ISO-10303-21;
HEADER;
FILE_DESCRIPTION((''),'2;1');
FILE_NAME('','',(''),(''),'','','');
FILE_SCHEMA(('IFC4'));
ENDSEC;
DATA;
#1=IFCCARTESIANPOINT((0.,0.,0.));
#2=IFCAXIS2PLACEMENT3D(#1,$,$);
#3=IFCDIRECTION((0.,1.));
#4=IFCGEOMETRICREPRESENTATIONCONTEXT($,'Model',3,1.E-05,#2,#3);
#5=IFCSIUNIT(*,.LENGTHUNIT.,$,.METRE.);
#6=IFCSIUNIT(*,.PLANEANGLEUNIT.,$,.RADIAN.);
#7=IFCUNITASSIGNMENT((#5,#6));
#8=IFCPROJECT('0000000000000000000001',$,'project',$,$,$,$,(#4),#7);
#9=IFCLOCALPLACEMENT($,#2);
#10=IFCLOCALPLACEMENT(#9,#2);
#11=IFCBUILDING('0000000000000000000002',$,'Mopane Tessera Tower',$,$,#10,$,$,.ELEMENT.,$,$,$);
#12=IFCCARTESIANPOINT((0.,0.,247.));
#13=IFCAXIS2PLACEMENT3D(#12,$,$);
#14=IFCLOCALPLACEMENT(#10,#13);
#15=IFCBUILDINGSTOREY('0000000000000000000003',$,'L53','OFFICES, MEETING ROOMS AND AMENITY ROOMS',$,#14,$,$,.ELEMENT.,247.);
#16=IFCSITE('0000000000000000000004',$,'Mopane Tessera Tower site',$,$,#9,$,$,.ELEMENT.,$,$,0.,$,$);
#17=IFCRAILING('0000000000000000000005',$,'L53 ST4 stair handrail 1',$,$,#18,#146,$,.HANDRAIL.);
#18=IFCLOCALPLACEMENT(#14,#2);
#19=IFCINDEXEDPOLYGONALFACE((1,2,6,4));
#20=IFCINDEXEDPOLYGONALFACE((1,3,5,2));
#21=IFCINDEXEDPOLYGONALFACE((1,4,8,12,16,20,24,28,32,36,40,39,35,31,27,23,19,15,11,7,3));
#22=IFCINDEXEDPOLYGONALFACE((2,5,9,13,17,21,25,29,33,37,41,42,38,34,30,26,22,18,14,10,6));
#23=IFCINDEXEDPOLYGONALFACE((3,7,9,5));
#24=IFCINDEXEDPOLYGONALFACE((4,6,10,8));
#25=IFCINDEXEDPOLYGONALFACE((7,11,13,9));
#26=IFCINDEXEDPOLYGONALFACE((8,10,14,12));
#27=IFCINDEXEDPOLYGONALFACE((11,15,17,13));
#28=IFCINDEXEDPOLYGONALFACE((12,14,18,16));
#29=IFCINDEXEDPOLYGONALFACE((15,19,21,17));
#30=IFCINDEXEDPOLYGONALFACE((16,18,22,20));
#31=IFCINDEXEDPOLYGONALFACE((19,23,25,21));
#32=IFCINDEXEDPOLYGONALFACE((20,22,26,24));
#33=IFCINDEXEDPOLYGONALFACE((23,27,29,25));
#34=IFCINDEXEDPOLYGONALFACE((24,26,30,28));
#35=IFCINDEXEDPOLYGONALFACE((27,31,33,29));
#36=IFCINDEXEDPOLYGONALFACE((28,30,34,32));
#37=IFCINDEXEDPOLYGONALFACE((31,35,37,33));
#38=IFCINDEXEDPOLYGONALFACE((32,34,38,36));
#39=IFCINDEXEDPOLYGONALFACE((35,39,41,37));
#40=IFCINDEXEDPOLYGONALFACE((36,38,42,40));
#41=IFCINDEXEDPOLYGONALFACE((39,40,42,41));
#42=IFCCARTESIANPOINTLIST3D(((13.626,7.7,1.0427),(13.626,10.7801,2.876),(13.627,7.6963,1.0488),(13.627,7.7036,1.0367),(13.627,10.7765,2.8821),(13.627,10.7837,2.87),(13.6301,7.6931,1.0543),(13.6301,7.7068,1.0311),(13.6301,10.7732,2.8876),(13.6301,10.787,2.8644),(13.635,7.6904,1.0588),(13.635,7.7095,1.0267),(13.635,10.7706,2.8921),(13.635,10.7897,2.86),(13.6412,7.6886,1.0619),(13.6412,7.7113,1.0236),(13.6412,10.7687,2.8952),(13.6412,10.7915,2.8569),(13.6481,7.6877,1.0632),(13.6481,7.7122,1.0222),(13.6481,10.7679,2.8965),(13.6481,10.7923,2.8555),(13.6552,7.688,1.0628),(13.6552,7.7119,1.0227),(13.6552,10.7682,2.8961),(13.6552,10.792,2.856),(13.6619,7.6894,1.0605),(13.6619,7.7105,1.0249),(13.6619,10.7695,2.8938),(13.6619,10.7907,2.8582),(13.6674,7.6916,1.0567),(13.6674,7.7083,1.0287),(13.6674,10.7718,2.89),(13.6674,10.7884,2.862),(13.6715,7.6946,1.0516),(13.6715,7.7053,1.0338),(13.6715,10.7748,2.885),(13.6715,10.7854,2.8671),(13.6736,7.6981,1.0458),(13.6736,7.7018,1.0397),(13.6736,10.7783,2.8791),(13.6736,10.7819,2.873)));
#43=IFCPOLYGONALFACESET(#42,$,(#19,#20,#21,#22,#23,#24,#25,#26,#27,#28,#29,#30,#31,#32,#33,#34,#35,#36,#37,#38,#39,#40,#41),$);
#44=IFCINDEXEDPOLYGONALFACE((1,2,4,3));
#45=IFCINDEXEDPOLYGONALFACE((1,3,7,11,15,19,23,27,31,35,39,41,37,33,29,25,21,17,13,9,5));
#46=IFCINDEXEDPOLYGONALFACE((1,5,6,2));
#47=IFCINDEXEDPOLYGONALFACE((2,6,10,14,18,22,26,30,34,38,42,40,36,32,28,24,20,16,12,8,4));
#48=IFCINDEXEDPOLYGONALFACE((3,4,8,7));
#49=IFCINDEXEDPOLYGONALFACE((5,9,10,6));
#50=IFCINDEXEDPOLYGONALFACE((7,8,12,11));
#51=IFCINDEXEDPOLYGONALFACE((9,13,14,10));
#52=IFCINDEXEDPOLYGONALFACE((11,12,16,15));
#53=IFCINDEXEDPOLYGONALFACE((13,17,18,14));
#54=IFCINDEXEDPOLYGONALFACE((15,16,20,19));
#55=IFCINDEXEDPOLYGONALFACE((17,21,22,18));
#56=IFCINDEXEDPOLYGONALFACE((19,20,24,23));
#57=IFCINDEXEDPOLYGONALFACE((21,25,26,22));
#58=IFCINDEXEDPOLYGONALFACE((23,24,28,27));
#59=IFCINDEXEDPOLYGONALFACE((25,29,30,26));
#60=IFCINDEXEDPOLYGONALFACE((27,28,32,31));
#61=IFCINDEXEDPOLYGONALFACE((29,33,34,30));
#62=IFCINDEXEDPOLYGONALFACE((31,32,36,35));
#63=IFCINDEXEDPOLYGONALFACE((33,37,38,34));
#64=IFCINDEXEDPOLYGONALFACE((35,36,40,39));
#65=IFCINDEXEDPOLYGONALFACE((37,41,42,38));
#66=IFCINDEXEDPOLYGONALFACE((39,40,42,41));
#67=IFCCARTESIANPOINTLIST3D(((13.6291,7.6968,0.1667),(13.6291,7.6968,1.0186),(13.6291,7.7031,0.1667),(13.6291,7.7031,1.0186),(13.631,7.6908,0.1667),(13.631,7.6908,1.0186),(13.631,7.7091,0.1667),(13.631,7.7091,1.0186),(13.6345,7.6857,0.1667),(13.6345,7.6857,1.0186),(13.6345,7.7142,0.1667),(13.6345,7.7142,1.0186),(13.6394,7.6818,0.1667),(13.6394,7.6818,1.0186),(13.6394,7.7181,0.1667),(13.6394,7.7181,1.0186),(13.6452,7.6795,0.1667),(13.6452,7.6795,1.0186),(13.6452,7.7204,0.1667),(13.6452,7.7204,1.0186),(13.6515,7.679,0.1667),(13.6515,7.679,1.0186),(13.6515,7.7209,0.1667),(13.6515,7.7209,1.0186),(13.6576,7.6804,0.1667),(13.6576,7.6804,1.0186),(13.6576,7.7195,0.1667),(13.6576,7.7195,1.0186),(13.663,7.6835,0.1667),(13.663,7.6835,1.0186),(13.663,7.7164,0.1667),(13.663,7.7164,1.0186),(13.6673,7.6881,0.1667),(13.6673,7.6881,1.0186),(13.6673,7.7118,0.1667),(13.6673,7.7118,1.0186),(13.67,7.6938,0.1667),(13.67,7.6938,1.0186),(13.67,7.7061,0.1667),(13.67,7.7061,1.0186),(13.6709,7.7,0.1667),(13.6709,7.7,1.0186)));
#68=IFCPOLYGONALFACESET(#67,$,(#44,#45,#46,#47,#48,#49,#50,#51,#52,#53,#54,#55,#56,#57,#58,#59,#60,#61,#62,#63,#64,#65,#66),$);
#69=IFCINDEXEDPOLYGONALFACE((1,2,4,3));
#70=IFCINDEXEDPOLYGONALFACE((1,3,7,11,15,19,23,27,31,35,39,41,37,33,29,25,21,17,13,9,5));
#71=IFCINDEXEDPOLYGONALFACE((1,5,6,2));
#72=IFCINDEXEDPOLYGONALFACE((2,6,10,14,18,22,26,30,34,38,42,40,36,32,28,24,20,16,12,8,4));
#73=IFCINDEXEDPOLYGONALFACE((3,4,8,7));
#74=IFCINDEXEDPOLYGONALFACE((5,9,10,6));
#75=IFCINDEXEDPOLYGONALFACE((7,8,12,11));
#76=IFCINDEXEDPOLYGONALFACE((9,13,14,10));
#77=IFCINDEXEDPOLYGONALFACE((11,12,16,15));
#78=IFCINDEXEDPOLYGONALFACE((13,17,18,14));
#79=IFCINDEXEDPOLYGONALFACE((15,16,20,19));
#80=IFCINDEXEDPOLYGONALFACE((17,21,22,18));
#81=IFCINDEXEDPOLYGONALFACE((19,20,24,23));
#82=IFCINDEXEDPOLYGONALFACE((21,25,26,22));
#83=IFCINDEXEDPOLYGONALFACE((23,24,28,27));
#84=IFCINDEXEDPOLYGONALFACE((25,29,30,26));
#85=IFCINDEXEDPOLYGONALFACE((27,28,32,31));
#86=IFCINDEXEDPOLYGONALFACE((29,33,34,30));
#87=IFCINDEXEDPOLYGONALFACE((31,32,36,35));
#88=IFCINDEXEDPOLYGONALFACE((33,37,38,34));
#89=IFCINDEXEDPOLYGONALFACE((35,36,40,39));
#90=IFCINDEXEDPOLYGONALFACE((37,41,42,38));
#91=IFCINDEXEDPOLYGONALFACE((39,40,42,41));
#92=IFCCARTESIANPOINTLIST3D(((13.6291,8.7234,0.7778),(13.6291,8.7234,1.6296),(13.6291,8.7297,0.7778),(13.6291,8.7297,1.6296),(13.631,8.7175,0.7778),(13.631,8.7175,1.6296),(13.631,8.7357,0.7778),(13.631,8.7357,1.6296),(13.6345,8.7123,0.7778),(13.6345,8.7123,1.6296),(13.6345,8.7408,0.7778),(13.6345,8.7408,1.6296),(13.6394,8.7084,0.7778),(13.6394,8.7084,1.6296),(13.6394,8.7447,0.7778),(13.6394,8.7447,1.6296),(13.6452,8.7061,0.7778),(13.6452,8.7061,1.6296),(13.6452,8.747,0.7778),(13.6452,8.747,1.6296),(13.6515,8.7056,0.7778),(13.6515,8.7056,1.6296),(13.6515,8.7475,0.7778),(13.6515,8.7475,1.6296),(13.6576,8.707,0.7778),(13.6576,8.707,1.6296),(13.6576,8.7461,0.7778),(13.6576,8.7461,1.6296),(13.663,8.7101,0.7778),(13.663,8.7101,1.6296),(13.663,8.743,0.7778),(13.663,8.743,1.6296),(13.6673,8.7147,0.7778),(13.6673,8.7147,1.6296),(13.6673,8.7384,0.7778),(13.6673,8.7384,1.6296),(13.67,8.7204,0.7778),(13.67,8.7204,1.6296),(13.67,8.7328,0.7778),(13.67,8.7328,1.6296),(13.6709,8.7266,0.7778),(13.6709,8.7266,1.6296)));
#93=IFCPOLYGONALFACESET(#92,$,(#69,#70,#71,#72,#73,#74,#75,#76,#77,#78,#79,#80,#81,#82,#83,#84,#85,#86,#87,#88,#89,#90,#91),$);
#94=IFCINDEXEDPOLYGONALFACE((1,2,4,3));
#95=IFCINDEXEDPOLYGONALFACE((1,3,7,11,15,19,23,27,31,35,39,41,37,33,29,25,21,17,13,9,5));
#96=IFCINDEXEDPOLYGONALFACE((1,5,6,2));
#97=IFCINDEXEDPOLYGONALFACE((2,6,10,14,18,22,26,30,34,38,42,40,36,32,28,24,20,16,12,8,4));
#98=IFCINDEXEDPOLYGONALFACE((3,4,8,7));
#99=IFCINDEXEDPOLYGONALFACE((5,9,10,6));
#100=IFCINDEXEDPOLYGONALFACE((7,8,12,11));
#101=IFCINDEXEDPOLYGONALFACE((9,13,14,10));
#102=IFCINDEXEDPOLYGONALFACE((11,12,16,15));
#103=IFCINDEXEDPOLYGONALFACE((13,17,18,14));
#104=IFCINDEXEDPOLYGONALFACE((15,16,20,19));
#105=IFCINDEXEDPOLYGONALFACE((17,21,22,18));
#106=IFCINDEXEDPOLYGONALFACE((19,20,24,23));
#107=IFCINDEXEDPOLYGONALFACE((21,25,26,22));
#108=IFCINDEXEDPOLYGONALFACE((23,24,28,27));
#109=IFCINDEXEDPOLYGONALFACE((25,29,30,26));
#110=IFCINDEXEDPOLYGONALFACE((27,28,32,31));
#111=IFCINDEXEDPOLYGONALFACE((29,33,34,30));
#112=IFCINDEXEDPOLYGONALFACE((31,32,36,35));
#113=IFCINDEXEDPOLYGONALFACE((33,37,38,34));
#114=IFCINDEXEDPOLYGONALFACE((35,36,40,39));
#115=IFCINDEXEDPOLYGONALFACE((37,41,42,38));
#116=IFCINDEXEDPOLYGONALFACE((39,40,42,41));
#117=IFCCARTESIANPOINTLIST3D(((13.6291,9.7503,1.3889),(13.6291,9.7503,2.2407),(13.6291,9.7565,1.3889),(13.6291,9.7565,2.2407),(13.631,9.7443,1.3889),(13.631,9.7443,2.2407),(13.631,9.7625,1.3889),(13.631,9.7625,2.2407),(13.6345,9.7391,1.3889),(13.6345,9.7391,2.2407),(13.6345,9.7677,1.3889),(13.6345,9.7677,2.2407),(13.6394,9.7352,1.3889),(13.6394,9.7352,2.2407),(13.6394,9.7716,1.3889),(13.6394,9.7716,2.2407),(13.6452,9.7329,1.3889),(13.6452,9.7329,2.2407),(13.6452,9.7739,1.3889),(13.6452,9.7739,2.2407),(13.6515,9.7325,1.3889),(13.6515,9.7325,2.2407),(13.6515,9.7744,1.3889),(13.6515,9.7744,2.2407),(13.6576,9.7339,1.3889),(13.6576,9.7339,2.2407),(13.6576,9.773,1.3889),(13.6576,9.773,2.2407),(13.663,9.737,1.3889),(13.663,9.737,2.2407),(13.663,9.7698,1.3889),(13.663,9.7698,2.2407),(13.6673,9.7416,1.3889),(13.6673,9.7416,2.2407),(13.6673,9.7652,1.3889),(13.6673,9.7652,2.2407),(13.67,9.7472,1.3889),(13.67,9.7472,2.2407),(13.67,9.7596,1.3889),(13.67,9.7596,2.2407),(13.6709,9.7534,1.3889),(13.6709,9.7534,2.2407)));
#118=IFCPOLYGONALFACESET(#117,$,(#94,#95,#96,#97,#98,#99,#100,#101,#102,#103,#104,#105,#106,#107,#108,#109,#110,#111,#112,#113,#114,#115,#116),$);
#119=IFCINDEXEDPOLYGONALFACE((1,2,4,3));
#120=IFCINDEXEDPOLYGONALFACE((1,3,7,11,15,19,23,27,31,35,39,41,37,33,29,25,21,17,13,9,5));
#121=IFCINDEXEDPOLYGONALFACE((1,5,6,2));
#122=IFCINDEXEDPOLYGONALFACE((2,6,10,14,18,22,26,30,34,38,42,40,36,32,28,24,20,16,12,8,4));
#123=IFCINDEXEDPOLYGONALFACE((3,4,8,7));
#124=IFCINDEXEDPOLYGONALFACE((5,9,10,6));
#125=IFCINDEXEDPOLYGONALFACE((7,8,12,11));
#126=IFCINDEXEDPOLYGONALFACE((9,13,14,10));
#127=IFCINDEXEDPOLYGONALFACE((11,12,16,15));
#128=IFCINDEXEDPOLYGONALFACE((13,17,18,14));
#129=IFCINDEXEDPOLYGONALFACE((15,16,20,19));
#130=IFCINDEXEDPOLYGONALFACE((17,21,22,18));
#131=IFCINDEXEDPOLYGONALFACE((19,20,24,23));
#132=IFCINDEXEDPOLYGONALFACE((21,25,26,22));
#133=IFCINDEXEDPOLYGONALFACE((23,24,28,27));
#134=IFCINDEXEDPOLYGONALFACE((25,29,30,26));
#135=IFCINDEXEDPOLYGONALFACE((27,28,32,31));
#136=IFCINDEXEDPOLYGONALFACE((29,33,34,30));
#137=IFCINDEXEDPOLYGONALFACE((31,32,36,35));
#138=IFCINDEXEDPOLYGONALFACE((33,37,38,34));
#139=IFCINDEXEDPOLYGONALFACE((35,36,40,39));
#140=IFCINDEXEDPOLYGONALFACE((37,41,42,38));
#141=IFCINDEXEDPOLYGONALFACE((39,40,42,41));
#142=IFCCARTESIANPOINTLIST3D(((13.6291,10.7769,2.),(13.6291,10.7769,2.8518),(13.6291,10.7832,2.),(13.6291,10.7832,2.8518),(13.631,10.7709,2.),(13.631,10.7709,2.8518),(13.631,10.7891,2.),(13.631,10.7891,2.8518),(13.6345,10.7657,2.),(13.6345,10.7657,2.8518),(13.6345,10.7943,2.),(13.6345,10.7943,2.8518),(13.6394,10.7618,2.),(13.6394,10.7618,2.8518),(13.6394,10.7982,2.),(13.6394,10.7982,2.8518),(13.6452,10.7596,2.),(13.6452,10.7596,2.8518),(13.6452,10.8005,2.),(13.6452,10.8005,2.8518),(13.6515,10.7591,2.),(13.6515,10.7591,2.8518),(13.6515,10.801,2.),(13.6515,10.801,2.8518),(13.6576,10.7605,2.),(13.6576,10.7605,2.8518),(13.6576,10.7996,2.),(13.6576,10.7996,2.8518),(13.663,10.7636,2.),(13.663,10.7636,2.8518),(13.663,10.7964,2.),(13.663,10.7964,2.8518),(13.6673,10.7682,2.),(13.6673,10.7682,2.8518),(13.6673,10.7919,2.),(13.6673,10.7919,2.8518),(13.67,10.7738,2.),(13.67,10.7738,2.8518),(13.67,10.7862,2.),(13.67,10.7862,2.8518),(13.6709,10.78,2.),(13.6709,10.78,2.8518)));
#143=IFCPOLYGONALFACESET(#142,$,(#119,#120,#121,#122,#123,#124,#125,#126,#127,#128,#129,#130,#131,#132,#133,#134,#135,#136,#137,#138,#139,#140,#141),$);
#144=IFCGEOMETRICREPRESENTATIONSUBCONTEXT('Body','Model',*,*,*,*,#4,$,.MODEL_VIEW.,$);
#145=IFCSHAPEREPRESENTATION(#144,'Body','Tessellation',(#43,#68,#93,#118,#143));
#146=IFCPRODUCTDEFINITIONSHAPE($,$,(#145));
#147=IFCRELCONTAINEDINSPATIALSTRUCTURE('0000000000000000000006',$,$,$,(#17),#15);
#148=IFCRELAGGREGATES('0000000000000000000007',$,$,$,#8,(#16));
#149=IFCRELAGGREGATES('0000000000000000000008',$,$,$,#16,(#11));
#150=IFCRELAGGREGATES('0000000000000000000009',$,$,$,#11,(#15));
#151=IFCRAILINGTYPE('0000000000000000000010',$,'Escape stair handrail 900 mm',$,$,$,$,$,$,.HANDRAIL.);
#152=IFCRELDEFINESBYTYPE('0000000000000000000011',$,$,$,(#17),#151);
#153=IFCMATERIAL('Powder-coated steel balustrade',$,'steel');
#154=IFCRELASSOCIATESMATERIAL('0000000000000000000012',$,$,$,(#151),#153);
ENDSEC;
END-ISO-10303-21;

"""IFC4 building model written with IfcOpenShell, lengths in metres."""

from ifc_helpers import new_model, si_unit, direction, frame, origin, origin_2d, place, context, subcontext, project, spatial, circle, extrude, material, type_object, element, save


model = new_model("IFC4")

# Units and contexts
model_context = context("Model", 3, precision=1e-05, world=origin(), true_north=direction((0.0, 1.0)))
body_context = subcontext(model_context, "Body", "Model", "MODEL_VIEW")
ifc_project = project(units=[si_unit("LENGTHUNIT", "METRE"), si_unit("PLANEANGLEUNIT", "RADIAN")], contexts=[model_context])

# Site, building, storey
site_placement = place(None, origin())
site = spatial("IfcSite", under=ifc_project, at=site_placement, Name="Mopane Tessera Tower site", CompositionType="ELEMENT", RefElevation=0.0)
building_placement = place(site_placement, origin())
building = spatial("IfcBuilding", under=site, at=building_placement, Name="Mopane Tessera Tower", CompositionType="ELEMENT")
storey_placement = place(building_placement, frame((0.0, 0.0, 247.0)))
storey = spatial("IfcBuildingStorey", under=building, at=storey_placement, Name="L53", Description="OFFICES, MEETING ROOMS AND AMENITY ROOMS", CompositionType="ELEMENT", Elevation=247.0)

# Railing
ifc_material_1 = material(Name="Powder-coated steel balustrade", Category="steel")
railing_type_1 = type_object("IfcRailingType", Name="Escape stair handrail 900 mm", PredefinedType="HANDRAIL", material=ifc_material_1)
railing_1_placement = place(storey_placement, frame((13.6499, 7.7, 0.1667)))
element("IfcRailing", 1, at=railing_1_placement, inside=storey, type_object=railing_type_1, Name="L53 ST4 stair handrail 1", PredefinedType="HANDRAIL", context=body_context, shape_type="SweptSolid", body=[
    extrude(circle(Radius=0.0239, at=origin_2d()), frame((0.0, 0.0, 0.876), z_axis=(0.0, 0.859309, 0.511458), x_axis=(-1.0, 0.0, 0.0)), (0.0, 0.0, 1.0), 3.5845),
    extrude(circle(Radius=0.021, at=origin_2d()), origin(), (0.0, 0.0, 1.0), 0.8518),
    extrude(circle(Radius=0.021, at=origin_2d()), frame((0.0, 1.0266, 0.6111)), (0.0, 0.0, 1.0), 0.8518),
    extrude(circle(Radius=0.021, at=origin_2d()), frame((0.0, 2.0535, 1.2222)), (0.0, 0.0, 1.0), 0.8518),
    extrude(circle(Radius=0.021, at=origin_2d()), frame((0.0, 3.0801, 1.8333)), (0.0, 0.0, 1.0), 0.8518),
])

save(model, "model.ifc")
